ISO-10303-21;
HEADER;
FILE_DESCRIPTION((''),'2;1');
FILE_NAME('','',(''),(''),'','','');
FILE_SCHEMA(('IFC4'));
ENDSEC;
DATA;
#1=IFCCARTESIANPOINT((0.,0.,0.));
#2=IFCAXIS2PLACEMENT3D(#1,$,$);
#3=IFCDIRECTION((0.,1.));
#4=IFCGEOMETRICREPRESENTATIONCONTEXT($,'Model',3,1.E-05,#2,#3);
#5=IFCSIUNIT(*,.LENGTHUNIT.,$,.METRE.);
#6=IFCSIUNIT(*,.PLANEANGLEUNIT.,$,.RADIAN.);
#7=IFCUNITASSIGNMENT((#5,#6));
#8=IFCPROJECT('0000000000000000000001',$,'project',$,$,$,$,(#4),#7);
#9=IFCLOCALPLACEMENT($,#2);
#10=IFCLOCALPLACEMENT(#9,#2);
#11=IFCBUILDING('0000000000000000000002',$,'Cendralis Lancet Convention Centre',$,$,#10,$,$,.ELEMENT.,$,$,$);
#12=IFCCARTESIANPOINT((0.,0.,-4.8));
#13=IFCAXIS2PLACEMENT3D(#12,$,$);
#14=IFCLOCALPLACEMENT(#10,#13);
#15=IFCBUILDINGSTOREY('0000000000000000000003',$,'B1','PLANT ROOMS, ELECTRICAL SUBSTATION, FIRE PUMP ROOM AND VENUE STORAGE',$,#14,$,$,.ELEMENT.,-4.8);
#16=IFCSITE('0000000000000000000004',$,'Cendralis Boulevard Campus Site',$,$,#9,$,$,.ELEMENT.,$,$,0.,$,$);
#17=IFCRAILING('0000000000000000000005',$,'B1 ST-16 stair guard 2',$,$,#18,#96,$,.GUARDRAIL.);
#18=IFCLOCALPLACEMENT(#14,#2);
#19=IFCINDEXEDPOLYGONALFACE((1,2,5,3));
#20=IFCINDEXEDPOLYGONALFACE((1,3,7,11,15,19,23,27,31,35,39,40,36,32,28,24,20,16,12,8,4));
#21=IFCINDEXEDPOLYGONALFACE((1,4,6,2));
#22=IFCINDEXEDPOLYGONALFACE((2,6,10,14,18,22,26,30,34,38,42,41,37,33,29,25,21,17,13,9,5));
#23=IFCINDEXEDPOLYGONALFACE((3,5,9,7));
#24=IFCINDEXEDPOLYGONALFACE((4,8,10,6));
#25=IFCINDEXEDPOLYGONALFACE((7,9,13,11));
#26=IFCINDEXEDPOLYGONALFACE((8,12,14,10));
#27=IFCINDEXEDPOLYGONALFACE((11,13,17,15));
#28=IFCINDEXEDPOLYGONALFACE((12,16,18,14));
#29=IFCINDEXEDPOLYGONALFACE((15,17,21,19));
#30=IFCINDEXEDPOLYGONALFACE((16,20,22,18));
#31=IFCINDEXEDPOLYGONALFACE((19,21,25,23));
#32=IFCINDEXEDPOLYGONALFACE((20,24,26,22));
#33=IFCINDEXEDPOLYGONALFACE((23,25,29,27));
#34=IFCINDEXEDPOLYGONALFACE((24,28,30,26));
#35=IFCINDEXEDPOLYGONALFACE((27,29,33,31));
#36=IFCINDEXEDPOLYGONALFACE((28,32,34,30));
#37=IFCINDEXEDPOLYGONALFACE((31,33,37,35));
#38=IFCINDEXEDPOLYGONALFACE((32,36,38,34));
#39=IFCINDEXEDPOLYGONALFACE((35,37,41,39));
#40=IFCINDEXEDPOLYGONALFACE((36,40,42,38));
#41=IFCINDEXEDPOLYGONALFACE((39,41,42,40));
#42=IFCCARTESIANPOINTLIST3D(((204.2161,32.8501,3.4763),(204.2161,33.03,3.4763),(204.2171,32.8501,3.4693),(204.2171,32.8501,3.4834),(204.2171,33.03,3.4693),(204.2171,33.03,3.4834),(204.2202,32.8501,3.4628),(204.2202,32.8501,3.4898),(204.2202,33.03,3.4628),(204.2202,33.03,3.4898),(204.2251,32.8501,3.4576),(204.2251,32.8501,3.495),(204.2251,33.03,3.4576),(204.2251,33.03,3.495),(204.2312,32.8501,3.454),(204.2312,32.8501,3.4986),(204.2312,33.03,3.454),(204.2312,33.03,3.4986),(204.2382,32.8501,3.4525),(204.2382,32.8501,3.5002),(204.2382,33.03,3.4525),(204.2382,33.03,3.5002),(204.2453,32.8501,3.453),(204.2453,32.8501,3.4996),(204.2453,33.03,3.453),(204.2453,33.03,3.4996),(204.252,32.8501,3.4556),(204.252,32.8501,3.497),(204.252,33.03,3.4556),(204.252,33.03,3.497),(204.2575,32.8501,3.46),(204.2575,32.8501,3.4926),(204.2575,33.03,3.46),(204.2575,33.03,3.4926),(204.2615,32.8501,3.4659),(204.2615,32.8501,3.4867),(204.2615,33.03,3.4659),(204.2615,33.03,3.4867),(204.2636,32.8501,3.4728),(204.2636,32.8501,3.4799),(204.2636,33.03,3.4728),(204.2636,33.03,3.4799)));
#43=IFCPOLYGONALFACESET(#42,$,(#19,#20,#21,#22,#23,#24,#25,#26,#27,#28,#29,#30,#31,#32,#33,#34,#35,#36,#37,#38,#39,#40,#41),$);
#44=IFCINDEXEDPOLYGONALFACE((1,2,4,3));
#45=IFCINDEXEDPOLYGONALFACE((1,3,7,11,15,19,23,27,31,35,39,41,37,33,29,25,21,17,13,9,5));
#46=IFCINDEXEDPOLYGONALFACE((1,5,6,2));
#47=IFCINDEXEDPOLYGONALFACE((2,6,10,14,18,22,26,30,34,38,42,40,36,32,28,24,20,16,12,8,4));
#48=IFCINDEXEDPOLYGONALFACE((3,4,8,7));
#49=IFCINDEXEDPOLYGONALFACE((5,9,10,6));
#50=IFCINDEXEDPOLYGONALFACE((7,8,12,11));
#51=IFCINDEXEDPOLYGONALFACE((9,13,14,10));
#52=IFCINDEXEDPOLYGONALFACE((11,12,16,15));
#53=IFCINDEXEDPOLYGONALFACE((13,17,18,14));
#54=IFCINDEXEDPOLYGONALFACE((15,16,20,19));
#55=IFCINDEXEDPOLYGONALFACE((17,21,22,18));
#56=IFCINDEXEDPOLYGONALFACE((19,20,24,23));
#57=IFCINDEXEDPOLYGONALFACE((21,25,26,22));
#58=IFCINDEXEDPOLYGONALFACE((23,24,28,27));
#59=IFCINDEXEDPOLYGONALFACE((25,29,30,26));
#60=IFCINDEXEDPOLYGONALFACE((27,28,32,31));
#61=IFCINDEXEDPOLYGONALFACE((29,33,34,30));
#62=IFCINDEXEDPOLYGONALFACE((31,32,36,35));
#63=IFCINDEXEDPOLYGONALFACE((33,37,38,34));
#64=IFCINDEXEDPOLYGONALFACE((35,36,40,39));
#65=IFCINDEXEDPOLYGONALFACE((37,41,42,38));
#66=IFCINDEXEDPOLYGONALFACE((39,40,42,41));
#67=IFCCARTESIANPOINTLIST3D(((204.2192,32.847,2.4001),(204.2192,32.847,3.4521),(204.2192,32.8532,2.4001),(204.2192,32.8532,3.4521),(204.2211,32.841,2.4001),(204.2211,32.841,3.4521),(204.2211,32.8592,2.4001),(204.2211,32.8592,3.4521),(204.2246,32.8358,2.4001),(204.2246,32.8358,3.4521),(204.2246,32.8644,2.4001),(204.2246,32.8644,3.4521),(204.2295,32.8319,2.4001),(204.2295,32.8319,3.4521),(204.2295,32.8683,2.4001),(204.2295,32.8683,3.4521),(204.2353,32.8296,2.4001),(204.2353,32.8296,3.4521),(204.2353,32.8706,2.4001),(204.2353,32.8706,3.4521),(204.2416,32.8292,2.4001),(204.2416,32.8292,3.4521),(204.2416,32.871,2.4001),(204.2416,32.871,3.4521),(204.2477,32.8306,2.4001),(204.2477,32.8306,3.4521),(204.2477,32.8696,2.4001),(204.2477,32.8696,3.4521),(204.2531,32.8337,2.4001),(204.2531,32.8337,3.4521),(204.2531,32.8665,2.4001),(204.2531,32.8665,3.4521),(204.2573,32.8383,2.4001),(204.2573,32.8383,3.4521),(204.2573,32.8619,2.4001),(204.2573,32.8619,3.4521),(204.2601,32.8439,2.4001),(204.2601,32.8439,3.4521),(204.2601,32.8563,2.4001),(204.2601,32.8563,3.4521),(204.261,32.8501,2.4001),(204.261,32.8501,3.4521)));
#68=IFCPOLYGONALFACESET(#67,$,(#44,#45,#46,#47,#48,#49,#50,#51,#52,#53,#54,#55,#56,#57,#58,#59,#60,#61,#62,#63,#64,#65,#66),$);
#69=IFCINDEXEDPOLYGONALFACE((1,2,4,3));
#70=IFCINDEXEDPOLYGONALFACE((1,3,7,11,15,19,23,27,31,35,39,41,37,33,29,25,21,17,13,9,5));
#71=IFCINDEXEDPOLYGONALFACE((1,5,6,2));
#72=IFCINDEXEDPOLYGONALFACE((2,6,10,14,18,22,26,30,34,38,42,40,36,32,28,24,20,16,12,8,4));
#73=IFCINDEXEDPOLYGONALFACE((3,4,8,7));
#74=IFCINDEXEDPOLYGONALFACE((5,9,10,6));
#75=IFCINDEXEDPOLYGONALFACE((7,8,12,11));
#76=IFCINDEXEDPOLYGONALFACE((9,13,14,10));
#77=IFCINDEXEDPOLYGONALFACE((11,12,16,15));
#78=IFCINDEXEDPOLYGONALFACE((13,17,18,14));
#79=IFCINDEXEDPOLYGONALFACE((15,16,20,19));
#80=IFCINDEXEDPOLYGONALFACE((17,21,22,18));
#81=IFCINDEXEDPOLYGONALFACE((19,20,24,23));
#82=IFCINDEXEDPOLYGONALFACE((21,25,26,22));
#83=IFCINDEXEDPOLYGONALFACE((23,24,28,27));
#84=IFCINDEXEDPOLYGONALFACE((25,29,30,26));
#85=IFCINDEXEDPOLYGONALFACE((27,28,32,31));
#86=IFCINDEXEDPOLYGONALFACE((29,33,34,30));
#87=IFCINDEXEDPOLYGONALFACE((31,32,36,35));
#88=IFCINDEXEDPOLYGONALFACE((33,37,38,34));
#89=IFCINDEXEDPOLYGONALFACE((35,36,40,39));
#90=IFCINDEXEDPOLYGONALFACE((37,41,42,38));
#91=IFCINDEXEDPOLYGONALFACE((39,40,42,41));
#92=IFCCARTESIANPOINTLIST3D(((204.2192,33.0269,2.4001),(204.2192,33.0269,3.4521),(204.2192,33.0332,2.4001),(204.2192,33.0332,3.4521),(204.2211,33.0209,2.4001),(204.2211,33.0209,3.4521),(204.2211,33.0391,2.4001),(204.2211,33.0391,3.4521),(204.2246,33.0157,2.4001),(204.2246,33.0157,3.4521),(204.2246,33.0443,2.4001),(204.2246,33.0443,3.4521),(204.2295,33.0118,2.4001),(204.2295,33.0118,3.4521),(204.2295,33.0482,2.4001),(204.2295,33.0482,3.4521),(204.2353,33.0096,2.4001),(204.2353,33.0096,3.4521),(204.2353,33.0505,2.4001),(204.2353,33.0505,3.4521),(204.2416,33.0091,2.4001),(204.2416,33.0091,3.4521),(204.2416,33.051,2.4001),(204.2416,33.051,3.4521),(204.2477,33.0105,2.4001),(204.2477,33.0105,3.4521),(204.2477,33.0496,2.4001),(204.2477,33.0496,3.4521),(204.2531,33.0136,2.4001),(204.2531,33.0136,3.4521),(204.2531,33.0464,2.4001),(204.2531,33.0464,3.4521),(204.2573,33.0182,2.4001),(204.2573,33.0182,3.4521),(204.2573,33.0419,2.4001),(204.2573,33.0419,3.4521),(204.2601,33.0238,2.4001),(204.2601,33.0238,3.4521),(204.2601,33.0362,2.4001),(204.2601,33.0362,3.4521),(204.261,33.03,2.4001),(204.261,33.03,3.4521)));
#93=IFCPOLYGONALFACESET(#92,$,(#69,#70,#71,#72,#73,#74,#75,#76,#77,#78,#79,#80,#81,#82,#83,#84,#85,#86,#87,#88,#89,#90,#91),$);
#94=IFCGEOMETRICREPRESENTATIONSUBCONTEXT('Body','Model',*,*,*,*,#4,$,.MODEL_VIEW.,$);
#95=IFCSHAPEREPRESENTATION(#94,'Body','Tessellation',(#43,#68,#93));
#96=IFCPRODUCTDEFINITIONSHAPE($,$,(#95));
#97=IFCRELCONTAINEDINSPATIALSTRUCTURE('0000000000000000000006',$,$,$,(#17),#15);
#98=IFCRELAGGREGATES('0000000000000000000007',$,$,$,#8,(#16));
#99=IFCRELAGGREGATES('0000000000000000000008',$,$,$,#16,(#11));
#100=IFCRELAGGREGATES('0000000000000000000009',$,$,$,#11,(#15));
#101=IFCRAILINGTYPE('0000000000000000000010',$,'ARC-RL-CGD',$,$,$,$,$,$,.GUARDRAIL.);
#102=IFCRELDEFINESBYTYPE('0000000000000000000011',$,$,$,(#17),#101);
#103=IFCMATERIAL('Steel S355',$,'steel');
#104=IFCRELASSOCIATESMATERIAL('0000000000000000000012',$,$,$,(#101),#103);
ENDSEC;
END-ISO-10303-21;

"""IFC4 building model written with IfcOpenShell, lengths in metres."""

from ifc_helpers import new_model, si_unit, direction, frame, origin, origin_2d, place, context, subcontext, project, spatial, circle, extrude, material, type_object, element, save


model = new_model("IFC4")

# Units and contexts
model_context = context("Model", 3, precision=1e-05, world=origin(), true_north=direction((0.0, 1.0)))
body_context = subcontext(model_context, "Body", "Model", "MODEL_VIEW")
ifc_project = project(units=[si_unit("LENGTHUNIT", "METRE"), si_unit("PLANEANGLEUNIT", "RADIAN")], contexts=[model_context])

# Site, building, storey
site_placement = place(None, origin())
site = spatial("IfcSite", under=ifc_project, at=site_placement, Name="Cendralis Boulevard Campus Site", CompositionType="ELEMENT", RefElevation=0.0)
building_placement = place(site_placement, origin())
building = spatial("IfcBuilding", under=site, at=building_placement, Name="Cendralis Lancet Convention Centre", CompositionType="ELEMENT")
storey_placement = place(building_placement, frame((0.0, 0.0, -4.8)))
storey = spatial("IfcBuildingStorey", under=building, at=storey_placement, Name="B1", Description="PLANT ROOMS, ELECTRICAL SUBSTATION, FIRE PUMP ROOM AND VENUE STORAGE", CompositionType="ELEMENT", Elevation=-4.8)

# Railing
ifc_material_1 = material(Name="Steel S355", Category="steel")
railing_type_1 = type_object("IfcRailingType", Name="ARC-RL-CGD", PredefinedType="GUARDRAIL", material=ifc_material_1)
railing_1_placement = place(storey_placement, frame((204.24, 32.8501, 2.4001)))
element("IfcRailing", 1, at=railing_1_placement, inside=storey, type_object=railing_type_1, Name="B1 ST-16 stair guard 2", PredefinedType="GUARDRAIL", context=body_context, shape_type="SweptSolid", body=[
    extrude(circle(Radius=0.0239, at=origin_2d()), frame((0.0, 0.0, 1.0762), z_axis=(0.0, 1.0, 0.0), x_axis=(-1.0, 0.0, 0.0)), (0.0, 0.0, 1.0), 0.1799),
    extrude(circle(Radius=0.021, at=origin_2d()), origin(), (0.0, 0.0, 1.0), 1.052),
    extrude(circle(Radius=0.021, at=origin_2d()), frame((0.0, 0.1799, 0.0)), (0.0, 0.0, 1.0), 1.052),
])

save(model, "model.ifc")
